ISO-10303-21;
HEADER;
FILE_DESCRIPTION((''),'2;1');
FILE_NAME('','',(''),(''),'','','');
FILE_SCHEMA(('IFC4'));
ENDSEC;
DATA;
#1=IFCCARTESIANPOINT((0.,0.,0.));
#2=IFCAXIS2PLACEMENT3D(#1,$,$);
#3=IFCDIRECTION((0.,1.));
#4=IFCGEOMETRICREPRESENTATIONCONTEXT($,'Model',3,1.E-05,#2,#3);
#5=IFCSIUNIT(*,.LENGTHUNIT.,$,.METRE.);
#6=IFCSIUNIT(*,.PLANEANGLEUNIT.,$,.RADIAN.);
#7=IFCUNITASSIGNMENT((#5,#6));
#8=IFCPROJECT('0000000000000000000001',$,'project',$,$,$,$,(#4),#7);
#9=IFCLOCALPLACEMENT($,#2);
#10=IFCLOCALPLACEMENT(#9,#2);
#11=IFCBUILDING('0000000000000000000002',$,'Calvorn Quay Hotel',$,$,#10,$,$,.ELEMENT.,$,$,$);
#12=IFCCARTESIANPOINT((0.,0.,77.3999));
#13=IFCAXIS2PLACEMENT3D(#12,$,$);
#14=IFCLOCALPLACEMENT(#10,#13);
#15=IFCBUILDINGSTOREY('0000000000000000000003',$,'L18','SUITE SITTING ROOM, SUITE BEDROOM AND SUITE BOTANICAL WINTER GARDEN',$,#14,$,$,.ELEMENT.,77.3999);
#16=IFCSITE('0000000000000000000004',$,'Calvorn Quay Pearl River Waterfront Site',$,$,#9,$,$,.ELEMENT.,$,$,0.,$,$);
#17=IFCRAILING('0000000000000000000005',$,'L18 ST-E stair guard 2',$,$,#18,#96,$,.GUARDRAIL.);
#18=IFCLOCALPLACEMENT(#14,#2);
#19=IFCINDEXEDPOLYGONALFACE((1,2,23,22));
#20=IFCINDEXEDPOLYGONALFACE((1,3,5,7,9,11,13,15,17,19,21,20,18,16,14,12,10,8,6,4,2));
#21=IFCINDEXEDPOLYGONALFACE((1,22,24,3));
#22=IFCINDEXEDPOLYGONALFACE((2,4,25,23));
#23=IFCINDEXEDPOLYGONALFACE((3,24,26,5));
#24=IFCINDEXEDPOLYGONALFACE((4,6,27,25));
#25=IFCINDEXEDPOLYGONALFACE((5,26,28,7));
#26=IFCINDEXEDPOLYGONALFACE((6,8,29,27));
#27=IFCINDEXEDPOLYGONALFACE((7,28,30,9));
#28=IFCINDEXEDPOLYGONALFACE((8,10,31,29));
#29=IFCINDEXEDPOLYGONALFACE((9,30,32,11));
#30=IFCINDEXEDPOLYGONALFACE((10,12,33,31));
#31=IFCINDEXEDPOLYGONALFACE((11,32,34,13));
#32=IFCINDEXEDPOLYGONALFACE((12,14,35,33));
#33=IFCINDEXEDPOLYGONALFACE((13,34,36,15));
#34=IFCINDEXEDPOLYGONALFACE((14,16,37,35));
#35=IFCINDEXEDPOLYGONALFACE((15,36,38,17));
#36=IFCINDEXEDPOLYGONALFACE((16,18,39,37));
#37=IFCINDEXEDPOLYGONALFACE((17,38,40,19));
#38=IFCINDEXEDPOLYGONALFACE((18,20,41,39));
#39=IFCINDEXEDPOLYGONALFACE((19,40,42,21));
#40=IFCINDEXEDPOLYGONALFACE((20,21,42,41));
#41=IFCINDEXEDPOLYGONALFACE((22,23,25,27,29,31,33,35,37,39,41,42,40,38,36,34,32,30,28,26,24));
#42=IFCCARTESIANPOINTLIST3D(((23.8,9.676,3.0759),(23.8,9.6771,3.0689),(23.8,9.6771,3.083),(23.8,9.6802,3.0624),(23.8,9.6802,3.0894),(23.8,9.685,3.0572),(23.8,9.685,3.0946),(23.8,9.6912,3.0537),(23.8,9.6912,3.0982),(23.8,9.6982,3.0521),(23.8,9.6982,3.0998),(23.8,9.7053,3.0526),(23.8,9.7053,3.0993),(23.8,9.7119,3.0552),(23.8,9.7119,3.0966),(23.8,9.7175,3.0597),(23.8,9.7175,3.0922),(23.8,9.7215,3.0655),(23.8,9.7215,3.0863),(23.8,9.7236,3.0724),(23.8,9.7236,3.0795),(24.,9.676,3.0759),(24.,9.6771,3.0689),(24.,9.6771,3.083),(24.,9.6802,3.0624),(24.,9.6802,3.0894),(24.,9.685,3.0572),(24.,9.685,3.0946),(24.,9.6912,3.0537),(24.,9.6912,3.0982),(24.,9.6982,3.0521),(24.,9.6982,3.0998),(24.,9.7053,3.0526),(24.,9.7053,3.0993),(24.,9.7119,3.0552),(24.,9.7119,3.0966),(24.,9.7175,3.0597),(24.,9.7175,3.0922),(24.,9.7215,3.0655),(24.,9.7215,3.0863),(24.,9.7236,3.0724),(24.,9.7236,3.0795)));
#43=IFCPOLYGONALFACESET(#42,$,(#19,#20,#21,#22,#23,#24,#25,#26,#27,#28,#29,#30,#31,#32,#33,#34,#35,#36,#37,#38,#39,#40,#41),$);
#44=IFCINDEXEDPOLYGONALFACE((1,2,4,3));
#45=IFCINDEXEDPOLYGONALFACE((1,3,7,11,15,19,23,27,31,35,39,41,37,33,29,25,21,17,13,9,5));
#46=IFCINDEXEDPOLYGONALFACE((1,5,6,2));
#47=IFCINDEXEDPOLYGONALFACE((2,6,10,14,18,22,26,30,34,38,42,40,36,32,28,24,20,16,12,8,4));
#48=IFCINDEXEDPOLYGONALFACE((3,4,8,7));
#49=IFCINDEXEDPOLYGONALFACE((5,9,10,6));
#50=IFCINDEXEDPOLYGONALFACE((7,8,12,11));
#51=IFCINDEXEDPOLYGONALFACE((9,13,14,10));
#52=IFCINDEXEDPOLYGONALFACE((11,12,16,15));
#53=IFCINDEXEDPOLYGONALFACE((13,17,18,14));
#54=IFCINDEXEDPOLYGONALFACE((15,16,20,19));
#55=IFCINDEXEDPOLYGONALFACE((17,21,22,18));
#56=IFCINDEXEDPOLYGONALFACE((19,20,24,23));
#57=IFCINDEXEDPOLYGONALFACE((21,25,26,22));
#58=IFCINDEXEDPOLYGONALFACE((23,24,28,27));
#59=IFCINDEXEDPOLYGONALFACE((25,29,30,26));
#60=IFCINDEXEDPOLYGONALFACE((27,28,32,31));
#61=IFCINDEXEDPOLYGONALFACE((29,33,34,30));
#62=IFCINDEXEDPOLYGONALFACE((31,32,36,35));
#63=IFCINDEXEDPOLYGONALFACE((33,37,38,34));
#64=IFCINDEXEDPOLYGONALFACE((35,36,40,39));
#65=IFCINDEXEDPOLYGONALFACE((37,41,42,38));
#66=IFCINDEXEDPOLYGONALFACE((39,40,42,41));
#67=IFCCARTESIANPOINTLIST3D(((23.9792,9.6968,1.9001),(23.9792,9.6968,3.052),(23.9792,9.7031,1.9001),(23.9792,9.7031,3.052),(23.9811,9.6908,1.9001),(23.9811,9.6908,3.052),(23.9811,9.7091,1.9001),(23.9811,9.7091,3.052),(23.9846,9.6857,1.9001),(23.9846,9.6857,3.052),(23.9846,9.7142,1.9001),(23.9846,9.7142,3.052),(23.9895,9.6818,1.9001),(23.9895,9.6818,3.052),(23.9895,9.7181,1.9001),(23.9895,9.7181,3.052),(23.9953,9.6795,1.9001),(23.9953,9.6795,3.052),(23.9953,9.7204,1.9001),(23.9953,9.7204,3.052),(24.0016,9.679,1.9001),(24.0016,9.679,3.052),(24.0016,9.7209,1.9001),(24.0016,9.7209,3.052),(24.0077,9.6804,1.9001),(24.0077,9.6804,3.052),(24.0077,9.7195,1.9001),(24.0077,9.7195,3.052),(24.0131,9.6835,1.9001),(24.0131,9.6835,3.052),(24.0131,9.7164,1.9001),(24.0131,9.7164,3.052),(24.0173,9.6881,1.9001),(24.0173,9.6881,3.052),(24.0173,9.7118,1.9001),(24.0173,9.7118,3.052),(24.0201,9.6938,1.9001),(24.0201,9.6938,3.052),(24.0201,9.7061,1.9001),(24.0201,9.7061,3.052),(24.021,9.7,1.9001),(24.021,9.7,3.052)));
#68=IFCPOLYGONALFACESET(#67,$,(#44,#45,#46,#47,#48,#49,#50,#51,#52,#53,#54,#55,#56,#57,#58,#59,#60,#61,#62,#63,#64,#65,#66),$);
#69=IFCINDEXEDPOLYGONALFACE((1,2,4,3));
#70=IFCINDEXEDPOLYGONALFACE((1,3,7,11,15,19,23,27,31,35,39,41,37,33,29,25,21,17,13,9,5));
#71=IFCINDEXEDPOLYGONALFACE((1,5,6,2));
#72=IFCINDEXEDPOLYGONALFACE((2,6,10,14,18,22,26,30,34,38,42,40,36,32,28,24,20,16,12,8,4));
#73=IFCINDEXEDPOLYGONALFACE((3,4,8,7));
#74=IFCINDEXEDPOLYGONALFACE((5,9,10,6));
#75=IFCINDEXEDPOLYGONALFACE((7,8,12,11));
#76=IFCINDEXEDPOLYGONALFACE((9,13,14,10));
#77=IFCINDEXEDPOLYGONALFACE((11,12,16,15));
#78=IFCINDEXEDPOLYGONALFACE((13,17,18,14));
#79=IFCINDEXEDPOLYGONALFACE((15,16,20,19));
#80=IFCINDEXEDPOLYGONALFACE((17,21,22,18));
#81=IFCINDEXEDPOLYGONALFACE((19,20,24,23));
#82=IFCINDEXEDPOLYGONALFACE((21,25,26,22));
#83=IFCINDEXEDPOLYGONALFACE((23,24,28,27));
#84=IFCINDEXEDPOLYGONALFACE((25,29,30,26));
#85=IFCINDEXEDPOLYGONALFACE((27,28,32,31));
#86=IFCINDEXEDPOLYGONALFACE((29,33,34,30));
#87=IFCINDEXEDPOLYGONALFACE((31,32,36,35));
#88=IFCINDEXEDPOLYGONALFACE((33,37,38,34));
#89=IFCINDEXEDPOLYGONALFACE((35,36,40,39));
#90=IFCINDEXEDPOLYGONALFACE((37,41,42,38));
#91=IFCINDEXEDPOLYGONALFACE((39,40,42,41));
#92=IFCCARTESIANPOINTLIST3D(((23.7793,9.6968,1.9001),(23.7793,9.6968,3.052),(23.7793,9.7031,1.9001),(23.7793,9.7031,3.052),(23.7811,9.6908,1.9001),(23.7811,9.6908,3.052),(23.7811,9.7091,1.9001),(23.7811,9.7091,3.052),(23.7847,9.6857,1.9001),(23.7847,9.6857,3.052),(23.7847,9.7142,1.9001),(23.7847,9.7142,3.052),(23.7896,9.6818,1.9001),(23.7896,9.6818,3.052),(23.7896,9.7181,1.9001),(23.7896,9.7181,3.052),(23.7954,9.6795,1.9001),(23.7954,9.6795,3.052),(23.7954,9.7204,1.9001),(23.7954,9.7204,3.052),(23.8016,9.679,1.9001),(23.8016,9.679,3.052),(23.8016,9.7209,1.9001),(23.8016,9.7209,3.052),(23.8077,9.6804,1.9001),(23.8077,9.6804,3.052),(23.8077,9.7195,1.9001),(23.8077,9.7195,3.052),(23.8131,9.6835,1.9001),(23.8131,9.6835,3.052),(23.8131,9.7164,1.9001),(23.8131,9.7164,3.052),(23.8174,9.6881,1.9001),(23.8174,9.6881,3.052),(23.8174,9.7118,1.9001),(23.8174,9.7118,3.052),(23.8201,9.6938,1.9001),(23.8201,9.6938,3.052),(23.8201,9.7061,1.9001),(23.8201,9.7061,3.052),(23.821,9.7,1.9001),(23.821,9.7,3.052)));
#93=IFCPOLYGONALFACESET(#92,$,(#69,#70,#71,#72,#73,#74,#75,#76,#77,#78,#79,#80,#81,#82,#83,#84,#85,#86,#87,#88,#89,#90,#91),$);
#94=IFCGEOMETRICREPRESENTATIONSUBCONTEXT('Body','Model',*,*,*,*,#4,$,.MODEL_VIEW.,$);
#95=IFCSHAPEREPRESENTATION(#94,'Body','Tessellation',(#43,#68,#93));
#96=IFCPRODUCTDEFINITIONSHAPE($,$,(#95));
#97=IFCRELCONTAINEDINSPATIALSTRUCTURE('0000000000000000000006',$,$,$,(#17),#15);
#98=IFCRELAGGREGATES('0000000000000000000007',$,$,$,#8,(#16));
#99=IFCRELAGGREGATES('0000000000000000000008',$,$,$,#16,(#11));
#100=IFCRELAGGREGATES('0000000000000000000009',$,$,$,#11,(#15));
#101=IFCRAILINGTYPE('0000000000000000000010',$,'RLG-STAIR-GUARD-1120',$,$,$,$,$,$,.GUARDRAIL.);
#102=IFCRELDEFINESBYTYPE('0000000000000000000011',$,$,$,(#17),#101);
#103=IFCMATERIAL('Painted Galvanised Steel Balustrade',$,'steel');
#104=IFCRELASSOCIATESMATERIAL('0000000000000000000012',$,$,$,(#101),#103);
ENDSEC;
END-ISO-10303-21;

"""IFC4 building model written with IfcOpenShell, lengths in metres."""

from ifc_helpers import new_model, si_unit, direction, frame, origin, origin_2d, place, context, subcontext, project, spatial, circle, extrude, material, type_object, element, save


model = new_model("IFC4")

# Units and contexts
model_context = context("Model", 3, precision=1e-05, world=origin(), true_north=direction((0.0, 1.0)))
body_context = subcontext(model_context, "Body", "Model", "MODEL_VIEW")
ifc_project = project(units=[si_unit("LENGTHUNIT", "METRE"), si_unit("PLANEANGLEUNIT", "RADIAN")], contexts=[model_context])

# Site, building, storey
site_placement = place(None, origin())
site = spatial("IfcSite", under=ifc_project, at=site_placement, Name="Calvorn Quay Pearl River Waterfront Site", CompositionType="ELEMENT", RefElevation=0.0)
building_placement = place(site_placement, origin())
building = spatial("IfcBuilding", under=site, at=building_placement, Name="Calvorn Quay Hotel", CompositionType="ELEMENT")
storey_placement = place(building_placement, frame((0.0, 0.0, 77.3999)))
storey = spatial("IfcBuildingStorey", under=building, at=storey_placement, Name="L18", Description="SUITE SITTING ROOM, SUITE BEDROOM AND SUITE BOTANICAL WINTER GARDEN", CompositionType="ELEMENT", Elevation=77.3999)

# Railing
ifc_material_1 = material(Name="Painted Galvanised Steel Balustrade", Category="steel")
railing_type_1 = type_object("IfcRailingType", Name="RLG-STAIR-GUARD-1120", PredefinedType="GUARDRAIL", material=ifc_material_1)
railing_1_placement = place(storey_placement, frame((24.0, 9.7, 1.9001)))
element("IfcRailing", 1, at=railing_1_placement, inside=storey, type_object=railing_type_1, Name="L18 ST-E stair guard 2", PredefinedType="GUARDRAIL", context=body_context, shape_type="SweptSolid", body=[
    extrude(circle(Radius=0.0239, at=origin_2d()), frame((0.0, 0.0, 1.1758), z_axis=(-1.0, 0.0, 0.0), x_axis=(0.0, -1.0, 0.0)), (0.0, 0.0, 1.0), 0.2),
    extrude(circle(Radius=0.021, at=origin_2d()), origin(), (0.0, 0.0, 1.0), 1.1519),
    extrude(circle(Radius=0.021, at=origin_2d()), frame((-0.2, 0.0, 0.0)), (0.0, 0.0, 1.0), 1.1519),
])

save(model, "model.ifc")
